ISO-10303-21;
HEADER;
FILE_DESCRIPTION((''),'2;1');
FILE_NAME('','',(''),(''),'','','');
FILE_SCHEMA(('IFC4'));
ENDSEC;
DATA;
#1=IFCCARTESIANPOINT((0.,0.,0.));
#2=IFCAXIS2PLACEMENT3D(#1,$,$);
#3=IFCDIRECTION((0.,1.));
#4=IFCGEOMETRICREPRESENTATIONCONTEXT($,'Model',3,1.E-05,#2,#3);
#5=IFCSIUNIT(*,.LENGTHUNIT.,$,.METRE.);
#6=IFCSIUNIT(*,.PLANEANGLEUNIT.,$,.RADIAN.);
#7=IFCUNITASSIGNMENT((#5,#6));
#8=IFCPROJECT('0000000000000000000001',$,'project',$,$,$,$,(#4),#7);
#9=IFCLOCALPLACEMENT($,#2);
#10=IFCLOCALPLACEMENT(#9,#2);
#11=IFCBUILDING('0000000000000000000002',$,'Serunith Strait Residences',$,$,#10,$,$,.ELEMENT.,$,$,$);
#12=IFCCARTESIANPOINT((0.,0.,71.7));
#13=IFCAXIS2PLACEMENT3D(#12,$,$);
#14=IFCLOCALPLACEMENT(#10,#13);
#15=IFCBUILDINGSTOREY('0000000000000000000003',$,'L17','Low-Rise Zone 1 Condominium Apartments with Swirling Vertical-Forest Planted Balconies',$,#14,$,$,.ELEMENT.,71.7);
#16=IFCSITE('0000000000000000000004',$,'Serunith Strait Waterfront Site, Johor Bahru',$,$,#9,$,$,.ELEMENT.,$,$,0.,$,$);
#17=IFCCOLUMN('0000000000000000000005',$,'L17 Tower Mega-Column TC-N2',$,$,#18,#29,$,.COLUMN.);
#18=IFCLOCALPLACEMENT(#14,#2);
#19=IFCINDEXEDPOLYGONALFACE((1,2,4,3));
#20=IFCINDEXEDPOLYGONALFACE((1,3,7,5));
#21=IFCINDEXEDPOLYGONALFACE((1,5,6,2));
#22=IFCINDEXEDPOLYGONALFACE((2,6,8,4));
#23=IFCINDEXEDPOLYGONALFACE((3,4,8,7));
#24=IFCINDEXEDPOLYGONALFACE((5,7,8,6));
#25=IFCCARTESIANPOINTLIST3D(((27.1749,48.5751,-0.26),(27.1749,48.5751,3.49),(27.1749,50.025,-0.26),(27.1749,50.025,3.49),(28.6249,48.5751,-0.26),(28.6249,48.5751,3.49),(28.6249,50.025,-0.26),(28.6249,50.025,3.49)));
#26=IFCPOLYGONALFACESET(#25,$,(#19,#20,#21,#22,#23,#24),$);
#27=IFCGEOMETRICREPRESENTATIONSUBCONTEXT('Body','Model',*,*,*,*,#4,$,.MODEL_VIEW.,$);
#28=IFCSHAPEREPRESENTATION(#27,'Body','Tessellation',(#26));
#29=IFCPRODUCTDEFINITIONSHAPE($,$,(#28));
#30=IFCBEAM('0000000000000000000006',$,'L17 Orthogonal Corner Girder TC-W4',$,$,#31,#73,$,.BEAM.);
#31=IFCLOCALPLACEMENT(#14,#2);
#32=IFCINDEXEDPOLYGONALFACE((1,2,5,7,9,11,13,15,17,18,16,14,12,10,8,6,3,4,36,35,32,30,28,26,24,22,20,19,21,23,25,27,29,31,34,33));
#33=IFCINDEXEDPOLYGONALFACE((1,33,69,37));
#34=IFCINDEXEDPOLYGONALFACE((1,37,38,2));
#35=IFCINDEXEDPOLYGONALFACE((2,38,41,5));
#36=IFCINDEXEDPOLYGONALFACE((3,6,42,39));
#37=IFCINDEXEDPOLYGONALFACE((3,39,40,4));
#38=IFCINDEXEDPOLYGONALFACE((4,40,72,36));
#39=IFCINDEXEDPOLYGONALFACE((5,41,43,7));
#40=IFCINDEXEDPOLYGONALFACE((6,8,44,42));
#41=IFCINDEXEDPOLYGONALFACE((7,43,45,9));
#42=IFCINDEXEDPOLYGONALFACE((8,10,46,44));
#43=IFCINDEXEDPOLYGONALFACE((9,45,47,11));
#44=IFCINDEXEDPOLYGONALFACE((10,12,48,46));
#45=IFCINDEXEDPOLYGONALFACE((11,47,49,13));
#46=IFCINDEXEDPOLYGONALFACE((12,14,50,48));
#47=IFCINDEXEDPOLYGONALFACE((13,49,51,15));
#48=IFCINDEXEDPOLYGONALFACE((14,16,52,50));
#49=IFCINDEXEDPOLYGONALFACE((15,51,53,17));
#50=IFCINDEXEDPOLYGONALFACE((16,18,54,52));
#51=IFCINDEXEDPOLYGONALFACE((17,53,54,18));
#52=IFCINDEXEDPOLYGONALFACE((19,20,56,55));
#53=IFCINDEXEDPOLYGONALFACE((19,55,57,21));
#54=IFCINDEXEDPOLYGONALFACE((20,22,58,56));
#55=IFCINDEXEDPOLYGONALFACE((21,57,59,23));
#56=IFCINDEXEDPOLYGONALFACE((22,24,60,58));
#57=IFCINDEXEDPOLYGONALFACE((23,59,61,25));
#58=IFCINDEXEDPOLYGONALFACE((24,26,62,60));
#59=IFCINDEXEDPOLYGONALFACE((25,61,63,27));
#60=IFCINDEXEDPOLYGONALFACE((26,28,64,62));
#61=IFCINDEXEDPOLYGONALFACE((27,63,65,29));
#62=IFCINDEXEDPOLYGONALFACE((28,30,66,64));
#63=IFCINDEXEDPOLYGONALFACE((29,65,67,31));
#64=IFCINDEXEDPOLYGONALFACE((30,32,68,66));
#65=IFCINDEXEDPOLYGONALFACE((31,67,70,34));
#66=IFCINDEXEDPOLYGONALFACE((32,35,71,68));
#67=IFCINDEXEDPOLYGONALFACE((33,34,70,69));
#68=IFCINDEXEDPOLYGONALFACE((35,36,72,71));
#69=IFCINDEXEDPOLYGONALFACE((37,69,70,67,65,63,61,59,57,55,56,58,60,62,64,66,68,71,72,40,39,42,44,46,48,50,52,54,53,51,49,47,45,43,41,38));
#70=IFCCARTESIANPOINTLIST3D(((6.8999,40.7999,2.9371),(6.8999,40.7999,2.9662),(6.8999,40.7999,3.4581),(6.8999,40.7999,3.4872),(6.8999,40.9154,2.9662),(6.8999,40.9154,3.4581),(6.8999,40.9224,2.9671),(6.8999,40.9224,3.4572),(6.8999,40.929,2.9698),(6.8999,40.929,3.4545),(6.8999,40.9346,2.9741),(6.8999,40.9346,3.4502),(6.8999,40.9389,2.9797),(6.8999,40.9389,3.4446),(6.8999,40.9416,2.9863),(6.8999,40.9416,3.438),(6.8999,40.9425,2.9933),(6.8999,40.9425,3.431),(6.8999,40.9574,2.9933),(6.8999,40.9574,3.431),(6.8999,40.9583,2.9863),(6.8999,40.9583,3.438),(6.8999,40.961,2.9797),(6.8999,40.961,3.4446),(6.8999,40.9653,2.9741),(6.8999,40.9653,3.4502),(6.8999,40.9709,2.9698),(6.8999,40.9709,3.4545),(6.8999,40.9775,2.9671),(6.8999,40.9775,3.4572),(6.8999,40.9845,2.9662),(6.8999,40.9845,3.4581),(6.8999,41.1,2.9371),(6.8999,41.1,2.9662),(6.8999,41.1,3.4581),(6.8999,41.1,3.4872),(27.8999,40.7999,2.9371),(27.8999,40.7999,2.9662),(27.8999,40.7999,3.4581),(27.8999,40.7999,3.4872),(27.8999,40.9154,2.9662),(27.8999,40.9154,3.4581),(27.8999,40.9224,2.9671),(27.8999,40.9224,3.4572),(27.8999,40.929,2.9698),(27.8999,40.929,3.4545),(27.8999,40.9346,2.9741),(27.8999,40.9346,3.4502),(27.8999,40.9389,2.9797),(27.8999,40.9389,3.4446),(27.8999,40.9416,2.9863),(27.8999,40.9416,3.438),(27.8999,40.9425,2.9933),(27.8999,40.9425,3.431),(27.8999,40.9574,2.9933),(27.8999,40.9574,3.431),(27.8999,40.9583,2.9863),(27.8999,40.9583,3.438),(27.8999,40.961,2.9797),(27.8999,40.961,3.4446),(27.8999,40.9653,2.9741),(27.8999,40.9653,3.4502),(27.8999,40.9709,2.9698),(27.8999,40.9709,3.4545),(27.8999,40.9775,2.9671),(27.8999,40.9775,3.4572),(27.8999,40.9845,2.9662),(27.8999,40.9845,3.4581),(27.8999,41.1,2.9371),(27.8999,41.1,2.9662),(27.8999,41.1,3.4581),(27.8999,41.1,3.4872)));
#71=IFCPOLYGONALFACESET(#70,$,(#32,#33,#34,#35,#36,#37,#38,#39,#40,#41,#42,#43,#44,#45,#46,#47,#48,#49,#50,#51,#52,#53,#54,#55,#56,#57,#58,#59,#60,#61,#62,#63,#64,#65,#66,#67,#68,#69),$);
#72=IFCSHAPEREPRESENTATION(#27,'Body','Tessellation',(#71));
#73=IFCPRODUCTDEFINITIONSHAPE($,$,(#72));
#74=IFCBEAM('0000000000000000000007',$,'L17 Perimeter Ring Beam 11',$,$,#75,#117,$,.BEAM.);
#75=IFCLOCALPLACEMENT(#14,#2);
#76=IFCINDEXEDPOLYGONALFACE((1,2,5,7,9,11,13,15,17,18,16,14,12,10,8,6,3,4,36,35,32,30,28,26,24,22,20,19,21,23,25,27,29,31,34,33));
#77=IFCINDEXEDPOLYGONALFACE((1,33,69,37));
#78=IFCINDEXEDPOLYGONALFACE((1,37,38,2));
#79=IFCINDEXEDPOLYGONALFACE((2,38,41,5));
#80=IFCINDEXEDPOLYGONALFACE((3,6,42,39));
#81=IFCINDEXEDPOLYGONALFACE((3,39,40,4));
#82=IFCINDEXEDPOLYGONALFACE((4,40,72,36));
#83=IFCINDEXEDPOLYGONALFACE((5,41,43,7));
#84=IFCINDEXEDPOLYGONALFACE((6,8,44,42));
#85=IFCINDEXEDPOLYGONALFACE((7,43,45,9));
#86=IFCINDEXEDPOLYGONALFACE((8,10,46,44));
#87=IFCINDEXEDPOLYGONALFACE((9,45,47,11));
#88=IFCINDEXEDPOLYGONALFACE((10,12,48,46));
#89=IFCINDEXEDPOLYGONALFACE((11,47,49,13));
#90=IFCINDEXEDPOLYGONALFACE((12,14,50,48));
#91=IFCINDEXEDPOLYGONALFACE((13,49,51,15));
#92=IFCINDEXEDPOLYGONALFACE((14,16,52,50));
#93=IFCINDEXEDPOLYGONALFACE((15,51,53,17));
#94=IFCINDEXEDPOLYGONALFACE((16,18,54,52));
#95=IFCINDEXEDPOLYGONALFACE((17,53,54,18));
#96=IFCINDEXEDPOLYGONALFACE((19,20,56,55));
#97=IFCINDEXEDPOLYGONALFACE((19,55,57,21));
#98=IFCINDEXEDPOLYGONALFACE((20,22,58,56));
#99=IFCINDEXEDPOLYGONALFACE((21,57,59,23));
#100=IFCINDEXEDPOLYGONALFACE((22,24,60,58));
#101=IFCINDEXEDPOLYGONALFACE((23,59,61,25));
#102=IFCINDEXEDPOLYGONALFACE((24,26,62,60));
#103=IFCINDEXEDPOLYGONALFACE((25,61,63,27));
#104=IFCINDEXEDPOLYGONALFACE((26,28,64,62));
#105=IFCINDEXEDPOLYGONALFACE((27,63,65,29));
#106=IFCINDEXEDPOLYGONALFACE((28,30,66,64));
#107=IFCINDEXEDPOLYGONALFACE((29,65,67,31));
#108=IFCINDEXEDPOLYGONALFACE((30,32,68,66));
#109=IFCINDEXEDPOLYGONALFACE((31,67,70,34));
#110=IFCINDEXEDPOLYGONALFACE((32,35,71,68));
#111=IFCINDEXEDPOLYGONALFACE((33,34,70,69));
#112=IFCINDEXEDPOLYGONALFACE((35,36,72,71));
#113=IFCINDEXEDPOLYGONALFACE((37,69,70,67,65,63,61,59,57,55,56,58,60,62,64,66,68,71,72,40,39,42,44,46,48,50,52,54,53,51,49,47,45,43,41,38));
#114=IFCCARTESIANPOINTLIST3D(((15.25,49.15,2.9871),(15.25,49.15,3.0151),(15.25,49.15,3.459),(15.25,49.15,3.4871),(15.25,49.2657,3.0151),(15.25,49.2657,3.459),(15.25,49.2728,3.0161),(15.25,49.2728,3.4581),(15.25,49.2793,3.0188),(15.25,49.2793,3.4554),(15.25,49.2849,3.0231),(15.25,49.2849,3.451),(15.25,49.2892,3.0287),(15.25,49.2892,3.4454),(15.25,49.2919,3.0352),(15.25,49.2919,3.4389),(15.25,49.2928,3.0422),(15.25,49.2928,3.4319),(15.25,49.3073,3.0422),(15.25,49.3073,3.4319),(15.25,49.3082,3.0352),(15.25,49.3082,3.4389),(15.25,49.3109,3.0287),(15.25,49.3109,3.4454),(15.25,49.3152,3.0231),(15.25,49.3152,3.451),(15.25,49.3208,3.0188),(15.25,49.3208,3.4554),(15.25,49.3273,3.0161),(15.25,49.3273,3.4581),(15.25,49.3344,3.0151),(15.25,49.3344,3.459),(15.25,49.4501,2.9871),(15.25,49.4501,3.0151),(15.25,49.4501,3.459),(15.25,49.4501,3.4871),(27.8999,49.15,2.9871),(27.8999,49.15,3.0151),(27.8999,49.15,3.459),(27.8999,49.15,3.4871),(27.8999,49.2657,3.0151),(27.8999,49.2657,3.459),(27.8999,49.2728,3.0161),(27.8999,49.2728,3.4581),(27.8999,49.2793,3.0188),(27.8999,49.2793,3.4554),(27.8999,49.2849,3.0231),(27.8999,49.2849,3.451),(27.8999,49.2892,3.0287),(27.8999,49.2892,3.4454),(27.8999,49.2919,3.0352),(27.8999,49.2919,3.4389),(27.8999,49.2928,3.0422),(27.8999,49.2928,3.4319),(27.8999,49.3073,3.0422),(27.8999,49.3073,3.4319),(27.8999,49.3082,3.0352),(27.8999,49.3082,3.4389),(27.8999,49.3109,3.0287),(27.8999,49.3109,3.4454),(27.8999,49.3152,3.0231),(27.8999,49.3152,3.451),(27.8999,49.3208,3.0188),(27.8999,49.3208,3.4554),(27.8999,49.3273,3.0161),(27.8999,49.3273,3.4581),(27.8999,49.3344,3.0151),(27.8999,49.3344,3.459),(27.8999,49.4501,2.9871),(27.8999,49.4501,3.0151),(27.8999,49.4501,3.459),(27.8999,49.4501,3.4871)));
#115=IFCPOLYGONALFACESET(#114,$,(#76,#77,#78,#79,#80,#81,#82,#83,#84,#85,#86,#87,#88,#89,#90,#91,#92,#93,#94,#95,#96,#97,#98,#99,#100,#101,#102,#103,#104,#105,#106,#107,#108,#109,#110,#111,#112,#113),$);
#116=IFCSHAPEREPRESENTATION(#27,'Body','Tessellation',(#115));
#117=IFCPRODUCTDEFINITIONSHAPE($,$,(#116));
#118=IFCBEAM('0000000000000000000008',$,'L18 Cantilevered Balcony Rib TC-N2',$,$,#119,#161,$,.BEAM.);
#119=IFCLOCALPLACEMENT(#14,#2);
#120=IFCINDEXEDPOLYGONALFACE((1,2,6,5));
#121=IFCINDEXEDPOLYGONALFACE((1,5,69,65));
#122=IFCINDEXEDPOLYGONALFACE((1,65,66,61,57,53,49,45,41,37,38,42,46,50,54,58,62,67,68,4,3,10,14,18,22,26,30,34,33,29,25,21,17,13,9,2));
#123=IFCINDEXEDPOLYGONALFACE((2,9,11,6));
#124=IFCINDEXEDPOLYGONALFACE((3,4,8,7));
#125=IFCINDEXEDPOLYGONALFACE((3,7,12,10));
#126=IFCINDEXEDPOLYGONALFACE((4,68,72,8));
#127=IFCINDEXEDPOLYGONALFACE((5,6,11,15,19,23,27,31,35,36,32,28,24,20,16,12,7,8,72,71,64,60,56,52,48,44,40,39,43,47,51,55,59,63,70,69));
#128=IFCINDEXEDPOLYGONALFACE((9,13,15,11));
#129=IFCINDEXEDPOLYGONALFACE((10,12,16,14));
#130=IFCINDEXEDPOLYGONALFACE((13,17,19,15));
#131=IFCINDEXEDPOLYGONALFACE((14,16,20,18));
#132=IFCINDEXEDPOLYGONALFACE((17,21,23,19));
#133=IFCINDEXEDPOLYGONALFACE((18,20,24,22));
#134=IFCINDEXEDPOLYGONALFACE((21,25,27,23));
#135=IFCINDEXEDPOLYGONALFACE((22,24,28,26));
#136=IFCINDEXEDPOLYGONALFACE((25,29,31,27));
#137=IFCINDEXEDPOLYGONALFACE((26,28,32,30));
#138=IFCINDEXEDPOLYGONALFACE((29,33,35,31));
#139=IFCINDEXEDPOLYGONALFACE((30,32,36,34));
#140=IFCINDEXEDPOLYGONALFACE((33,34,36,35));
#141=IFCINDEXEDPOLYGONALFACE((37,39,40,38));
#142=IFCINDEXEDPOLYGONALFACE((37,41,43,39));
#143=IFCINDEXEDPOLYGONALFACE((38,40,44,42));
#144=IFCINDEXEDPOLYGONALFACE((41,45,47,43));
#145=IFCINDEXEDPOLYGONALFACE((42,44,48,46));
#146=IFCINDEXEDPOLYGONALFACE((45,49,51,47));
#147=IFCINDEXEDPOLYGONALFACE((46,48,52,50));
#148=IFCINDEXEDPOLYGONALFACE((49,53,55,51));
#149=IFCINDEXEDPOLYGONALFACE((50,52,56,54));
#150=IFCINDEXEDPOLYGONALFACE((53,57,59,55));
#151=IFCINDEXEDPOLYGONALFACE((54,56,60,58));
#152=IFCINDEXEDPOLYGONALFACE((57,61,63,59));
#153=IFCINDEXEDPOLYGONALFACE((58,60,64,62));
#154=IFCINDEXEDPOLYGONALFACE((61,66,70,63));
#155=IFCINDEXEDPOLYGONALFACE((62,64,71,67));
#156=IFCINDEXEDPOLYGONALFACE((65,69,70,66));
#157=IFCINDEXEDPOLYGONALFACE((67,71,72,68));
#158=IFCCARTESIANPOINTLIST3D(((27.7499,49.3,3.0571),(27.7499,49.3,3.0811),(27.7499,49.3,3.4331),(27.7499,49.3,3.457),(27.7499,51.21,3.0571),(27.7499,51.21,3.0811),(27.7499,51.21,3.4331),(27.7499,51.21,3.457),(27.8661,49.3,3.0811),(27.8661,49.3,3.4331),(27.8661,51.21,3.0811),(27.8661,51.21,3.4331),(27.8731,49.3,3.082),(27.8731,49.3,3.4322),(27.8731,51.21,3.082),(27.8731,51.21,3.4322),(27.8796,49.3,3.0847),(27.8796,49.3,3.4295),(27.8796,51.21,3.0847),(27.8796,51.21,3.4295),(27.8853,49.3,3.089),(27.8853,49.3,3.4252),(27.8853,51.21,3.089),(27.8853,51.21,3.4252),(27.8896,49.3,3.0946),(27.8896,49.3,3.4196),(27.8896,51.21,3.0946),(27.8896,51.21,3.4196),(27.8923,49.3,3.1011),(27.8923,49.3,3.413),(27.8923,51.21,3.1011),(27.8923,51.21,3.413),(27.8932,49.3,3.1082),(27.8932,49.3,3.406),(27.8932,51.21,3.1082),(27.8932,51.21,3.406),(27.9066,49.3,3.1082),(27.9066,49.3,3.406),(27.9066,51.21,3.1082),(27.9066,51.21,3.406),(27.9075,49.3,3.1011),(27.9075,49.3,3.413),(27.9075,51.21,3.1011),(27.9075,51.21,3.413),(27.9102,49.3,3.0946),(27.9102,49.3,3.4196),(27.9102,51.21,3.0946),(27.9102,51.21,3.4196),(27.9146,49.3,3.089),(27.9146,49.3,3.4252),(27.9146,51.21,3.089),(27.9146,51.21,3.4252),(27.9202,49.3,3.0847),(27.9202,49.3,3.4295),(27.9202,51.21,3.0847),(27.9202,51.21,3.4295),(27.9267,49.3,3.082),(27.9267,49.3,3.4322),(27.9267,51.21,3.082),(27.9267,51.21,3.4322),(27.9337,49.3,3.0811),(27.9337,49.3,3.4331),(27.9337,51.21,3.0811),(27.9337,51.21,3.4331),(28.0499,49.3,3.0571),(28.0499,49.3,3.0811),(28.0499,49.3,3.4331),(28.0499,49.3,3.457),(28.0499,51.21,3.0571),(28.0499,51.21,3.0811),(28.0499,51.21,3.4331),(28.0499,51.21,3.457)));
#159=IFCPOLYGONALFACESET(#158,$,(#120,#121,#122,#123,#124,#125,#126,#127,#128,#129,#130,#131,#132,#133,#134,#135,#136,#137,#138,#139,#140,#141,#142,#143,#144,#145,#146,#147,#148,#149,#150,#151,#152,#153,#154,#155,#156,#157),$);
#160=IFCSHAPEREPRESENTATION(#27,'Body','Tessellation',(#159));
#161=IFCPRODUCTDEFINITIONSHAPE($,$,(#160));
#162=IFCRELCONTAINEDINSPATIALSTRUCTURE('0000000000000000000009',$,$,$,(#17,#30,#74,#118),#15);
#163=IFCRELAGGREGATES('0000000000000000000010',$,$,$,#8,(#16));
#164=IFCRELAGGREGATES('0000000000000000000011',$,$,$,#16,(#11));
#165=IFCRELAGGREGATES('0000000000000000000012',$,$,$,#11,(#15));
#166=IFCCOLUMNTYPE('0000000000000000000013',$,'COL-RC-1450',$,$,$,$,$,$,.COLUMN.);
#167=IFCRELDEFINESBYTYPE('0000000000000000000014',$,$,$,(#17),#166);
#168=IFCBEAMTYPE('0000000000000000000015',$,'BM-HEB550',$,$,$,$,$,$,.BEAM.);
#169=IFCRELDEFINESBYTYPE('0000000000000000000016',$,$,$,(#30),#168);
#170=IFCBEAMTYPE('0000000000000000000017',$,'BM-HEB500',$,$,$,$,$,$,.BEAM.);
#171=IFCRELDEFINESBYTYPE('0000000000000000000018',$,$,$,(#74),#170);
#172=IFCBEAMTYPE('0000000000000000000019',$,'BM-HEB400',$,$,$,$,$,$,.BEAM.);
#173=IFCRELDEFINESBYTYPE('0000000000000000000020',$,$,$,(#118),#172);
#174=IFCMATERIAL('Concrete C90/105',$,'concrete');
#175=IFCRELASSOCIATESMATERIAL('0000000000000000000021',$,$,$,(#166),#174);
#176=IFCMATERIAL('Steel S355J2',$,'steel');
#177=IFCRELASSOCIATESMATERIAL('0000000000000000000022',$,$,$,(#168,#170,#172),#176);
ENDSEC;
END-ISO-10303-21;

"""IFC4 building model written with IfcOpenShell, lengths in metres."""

from ifc_helpers import new_model, si_unit, direction, frame, origin, origin_2d, place, context, subcontext, project, spatial, rectangle, i_section, extrude, source, transform, mapped, material, material_profile, profile_set, type_object, element, save


model = new_model("IFC4")

# Units and contexts
model_context = context("Model", 3, precision=1e-05, world=origin(), true_north=direction((0.0, 1.0)))
body_context = subcontext(model_context, "Body", "Model", "MODEL_VIEW")
ifc_project = project(units=[si_unit("LENGTHUNIT", "METRE"), si_unit("PLANEANGLEUNIT", "RADIAN")], contexts=[model_context])

# Site, building, storey
site_placement = place(None, origin())
site = spatial("IfcSite", under=ifc_project, at=site_placement, Name="Serunith Strait Waterfront Site, Johor Bahru", CompositionType="ELEMENT", RefElevation=0.0)
building_placement = place(site_placement, origin())
building = spatial("IfcBuilding", under=site, at=building_placement, Name="Serunith Strait Residences", CompositionType="ELEMENT")
storey_placement = place(building_placement, frame((0.0, 0.0, 71.7)))
storey = spatial("IfcBuildingStorey", under=building, at=storey_placement, Name="L17", Description="Low-Rise Zone 1 Condominium Apartments with Swirling Vertical-Forest Planted Balconies", CompositionType="ELEMENT", Elevation=71.7)

# Column
ifc_material_1 = material(Name="Concrete C90/105", Category="concrete")
ifc_material_profile_1 = material_profile(ifc_material_1, rectangle(XDim=1.45, YDim=1.45, at=origin_2d()), Name="RC 1450x1450")
ifc_profile_set_1 = profile_set([ifc_material_profile_1], Name="Concrete C90/105")
column_type = type_object("IfcColumnType", Name="COL-RC-1450", PredefinedType="COLUMN", material=ifc_profile_set_1)
shared_shape_1 = source(origin(), body_context, "Body", "SweptSolid", [
    extrude(rectangle(XDim=1.45, YDim=1.45, at=origin_2d()), origin(), (0.0, 0.0, 1.0), 3.75),
])
column_placement = place(storey_placement, frame((27.8999, 49.3, -0.26), z_axis=(0.0, 0.0, 1.0), x_axis=(1.0, 0.0, 0.0)))
element("IfcColumn", 1, at=column_placement, inside=storey, type_object=column_type, Name="L17 Tower Mega-Column TC-N2", PredefinedType="COLUMN", context=body_context, shape_type="MappedRepresentation", body=[
    mapped(shared_shape_1, transform((0.0, 0.0, 0.0), scale=1.0)),
])

# Beams
ifc_material_2 = material(Name="Steel S355J2", Category="steel")
ifc_material_profile_2 = material_profile(ifc_material_2, i_section(OverallWidth=0.3, OverallDepth=0.55, WebThickness=0.0149, FlangeThickness=0.0291, FilletRadius=0.0271, at=origin_2d()), Name="HEB 550")
ifc_profile_set_2 = profile_set([ifc_material_profile_2], Name="Steel S355J2")
beam_type_1 = type_object("IfcBeamType", Name="BM-HEB550", PredefinedType="BEAM", material=ifc_profile_set_2)
shared_shape_2 = source(origin(), body_context, "Body", "SweptSolid", [
    extrude(i_section(OverallWidth=0.3, OverallDepth=0.55, WebThickness=0.0149, FlangeThickness=0.0291, FilletRadius=0.0271, at=origin_2d()), origin(), (0.0, 0.0, 1.0), 21.0),
])
beam_1_placement = place(storey_placement, frame((27.8999, 40.95, 3.2122), z_axis=(-1.0, 0.0, 0.0), x_axis=(0.0, -1.0, 0.0)))
element("IfcBeam", 2, at=beam_1_placement, inside=storey, type_object=beam_type_1, Name="L17 Orthogonal Corner Girder TC-W4", PredefinedType="BEAM", context=body_context, shape_type="MappedRepresentation", body=[
    mapped(shared_shape_2, transform((0.0, 0.0, 0.0), scale=1.0)),
])
ifc_material_profile_3 = material_profile(ifc_material_2, i_section(OverallWidth=0.3, OverallDepth=0.5, WebThickness=0.0144, FlangeThickness=0.0281, FilletRadius=0.0271, at=origin_2d()), Name="HEB 500")
ifc_profile_set_3 = profile_set([ifc_material_profile_3], Name="Steel S355J2")
beam_type_2 = type_object("IfcBeamType", Name="BM-HEB500", PredefinedType="BEAM", material=ifc_profile_set_3)
shared_shape_3 = source(origin(), body_context, "Body", "SweptSolid", [
    extrude(i_section(OverallWidth=0.3, OverallDepth=0.5, WebThickness=0.0144, FlangeThickness=0.0281, FilletRadius=0.0271, at=origin_2d()), origin(), (0.0, 0.0, 1.0), 12.6499),
])
beam_2_placement = place(storey_placement, frame((27.8999, 49.3, 3.2371), z_axis=(-1.0, 0.0, 0.0), x_axis=(0.0, -1.0, 0.0)))
element("IfcBeam", 3, at=beam_2_placement, inside=storey, type_object=beam_type_2, Name="L17 Perimeter Ring Beam 11", PredefinedType="BEAM", context=body_context, shape_type="MappedRepresentation", body=[
    mapped(shared_shape_3, transform((0.0, 0.0, 0.0), scale=1.0)),
])
ifc_material_profile_4 = material_profile(ifc_material_2, i_section(OverallWidth=0.3, OverallDepth=0.3999, WebThickness=0.0134, FlangeThickness=0.0239, FilletRadius=0.0271, at=origin_2d()), Name="HEB 400")
ifc_profile_set_4 = profile_set([ifc_material_profile_4], Name="Steel S355J2")
beam_type_3 = type_object("IfcBeamType", Name="BM-HEB400", PredefinedType="BEAM", material=ifc_profile_set_4)
shared_shape_4 = source(origin(), body_context, "Body", "SweptSolid", [
    extrude(i_section(OverallWidth=0.3, OverallDepth=0.3999, WebThickness=0.0134, FlangeThickness=0.0239, FilletRadius=0.0271, at=origin_2d()), origin(), (0.0, 0.0, 1.0), 1.9099),
])
beam_3_placement = place(storey_placement, frame((27.8999, 49.3, 3.2571), z_axis=(0.0, 1.0, 0.0), x_axis=(-1.0, 0.0, 0.0)))
element("IfcBeam", 4, at=beam_3_placement, inside=storey, type_object=beam_type_3, Name="L18 Cantilevered Balcony Rib TC-N2", PredefinedType="BEAM", context=body_context, shape_type="MappedRepresentation", body=[
    mapped(shared_shape_4, transform((0.0, 0.0, 0.0), scale=1.0)),
])

save(model, "model.ifc")
